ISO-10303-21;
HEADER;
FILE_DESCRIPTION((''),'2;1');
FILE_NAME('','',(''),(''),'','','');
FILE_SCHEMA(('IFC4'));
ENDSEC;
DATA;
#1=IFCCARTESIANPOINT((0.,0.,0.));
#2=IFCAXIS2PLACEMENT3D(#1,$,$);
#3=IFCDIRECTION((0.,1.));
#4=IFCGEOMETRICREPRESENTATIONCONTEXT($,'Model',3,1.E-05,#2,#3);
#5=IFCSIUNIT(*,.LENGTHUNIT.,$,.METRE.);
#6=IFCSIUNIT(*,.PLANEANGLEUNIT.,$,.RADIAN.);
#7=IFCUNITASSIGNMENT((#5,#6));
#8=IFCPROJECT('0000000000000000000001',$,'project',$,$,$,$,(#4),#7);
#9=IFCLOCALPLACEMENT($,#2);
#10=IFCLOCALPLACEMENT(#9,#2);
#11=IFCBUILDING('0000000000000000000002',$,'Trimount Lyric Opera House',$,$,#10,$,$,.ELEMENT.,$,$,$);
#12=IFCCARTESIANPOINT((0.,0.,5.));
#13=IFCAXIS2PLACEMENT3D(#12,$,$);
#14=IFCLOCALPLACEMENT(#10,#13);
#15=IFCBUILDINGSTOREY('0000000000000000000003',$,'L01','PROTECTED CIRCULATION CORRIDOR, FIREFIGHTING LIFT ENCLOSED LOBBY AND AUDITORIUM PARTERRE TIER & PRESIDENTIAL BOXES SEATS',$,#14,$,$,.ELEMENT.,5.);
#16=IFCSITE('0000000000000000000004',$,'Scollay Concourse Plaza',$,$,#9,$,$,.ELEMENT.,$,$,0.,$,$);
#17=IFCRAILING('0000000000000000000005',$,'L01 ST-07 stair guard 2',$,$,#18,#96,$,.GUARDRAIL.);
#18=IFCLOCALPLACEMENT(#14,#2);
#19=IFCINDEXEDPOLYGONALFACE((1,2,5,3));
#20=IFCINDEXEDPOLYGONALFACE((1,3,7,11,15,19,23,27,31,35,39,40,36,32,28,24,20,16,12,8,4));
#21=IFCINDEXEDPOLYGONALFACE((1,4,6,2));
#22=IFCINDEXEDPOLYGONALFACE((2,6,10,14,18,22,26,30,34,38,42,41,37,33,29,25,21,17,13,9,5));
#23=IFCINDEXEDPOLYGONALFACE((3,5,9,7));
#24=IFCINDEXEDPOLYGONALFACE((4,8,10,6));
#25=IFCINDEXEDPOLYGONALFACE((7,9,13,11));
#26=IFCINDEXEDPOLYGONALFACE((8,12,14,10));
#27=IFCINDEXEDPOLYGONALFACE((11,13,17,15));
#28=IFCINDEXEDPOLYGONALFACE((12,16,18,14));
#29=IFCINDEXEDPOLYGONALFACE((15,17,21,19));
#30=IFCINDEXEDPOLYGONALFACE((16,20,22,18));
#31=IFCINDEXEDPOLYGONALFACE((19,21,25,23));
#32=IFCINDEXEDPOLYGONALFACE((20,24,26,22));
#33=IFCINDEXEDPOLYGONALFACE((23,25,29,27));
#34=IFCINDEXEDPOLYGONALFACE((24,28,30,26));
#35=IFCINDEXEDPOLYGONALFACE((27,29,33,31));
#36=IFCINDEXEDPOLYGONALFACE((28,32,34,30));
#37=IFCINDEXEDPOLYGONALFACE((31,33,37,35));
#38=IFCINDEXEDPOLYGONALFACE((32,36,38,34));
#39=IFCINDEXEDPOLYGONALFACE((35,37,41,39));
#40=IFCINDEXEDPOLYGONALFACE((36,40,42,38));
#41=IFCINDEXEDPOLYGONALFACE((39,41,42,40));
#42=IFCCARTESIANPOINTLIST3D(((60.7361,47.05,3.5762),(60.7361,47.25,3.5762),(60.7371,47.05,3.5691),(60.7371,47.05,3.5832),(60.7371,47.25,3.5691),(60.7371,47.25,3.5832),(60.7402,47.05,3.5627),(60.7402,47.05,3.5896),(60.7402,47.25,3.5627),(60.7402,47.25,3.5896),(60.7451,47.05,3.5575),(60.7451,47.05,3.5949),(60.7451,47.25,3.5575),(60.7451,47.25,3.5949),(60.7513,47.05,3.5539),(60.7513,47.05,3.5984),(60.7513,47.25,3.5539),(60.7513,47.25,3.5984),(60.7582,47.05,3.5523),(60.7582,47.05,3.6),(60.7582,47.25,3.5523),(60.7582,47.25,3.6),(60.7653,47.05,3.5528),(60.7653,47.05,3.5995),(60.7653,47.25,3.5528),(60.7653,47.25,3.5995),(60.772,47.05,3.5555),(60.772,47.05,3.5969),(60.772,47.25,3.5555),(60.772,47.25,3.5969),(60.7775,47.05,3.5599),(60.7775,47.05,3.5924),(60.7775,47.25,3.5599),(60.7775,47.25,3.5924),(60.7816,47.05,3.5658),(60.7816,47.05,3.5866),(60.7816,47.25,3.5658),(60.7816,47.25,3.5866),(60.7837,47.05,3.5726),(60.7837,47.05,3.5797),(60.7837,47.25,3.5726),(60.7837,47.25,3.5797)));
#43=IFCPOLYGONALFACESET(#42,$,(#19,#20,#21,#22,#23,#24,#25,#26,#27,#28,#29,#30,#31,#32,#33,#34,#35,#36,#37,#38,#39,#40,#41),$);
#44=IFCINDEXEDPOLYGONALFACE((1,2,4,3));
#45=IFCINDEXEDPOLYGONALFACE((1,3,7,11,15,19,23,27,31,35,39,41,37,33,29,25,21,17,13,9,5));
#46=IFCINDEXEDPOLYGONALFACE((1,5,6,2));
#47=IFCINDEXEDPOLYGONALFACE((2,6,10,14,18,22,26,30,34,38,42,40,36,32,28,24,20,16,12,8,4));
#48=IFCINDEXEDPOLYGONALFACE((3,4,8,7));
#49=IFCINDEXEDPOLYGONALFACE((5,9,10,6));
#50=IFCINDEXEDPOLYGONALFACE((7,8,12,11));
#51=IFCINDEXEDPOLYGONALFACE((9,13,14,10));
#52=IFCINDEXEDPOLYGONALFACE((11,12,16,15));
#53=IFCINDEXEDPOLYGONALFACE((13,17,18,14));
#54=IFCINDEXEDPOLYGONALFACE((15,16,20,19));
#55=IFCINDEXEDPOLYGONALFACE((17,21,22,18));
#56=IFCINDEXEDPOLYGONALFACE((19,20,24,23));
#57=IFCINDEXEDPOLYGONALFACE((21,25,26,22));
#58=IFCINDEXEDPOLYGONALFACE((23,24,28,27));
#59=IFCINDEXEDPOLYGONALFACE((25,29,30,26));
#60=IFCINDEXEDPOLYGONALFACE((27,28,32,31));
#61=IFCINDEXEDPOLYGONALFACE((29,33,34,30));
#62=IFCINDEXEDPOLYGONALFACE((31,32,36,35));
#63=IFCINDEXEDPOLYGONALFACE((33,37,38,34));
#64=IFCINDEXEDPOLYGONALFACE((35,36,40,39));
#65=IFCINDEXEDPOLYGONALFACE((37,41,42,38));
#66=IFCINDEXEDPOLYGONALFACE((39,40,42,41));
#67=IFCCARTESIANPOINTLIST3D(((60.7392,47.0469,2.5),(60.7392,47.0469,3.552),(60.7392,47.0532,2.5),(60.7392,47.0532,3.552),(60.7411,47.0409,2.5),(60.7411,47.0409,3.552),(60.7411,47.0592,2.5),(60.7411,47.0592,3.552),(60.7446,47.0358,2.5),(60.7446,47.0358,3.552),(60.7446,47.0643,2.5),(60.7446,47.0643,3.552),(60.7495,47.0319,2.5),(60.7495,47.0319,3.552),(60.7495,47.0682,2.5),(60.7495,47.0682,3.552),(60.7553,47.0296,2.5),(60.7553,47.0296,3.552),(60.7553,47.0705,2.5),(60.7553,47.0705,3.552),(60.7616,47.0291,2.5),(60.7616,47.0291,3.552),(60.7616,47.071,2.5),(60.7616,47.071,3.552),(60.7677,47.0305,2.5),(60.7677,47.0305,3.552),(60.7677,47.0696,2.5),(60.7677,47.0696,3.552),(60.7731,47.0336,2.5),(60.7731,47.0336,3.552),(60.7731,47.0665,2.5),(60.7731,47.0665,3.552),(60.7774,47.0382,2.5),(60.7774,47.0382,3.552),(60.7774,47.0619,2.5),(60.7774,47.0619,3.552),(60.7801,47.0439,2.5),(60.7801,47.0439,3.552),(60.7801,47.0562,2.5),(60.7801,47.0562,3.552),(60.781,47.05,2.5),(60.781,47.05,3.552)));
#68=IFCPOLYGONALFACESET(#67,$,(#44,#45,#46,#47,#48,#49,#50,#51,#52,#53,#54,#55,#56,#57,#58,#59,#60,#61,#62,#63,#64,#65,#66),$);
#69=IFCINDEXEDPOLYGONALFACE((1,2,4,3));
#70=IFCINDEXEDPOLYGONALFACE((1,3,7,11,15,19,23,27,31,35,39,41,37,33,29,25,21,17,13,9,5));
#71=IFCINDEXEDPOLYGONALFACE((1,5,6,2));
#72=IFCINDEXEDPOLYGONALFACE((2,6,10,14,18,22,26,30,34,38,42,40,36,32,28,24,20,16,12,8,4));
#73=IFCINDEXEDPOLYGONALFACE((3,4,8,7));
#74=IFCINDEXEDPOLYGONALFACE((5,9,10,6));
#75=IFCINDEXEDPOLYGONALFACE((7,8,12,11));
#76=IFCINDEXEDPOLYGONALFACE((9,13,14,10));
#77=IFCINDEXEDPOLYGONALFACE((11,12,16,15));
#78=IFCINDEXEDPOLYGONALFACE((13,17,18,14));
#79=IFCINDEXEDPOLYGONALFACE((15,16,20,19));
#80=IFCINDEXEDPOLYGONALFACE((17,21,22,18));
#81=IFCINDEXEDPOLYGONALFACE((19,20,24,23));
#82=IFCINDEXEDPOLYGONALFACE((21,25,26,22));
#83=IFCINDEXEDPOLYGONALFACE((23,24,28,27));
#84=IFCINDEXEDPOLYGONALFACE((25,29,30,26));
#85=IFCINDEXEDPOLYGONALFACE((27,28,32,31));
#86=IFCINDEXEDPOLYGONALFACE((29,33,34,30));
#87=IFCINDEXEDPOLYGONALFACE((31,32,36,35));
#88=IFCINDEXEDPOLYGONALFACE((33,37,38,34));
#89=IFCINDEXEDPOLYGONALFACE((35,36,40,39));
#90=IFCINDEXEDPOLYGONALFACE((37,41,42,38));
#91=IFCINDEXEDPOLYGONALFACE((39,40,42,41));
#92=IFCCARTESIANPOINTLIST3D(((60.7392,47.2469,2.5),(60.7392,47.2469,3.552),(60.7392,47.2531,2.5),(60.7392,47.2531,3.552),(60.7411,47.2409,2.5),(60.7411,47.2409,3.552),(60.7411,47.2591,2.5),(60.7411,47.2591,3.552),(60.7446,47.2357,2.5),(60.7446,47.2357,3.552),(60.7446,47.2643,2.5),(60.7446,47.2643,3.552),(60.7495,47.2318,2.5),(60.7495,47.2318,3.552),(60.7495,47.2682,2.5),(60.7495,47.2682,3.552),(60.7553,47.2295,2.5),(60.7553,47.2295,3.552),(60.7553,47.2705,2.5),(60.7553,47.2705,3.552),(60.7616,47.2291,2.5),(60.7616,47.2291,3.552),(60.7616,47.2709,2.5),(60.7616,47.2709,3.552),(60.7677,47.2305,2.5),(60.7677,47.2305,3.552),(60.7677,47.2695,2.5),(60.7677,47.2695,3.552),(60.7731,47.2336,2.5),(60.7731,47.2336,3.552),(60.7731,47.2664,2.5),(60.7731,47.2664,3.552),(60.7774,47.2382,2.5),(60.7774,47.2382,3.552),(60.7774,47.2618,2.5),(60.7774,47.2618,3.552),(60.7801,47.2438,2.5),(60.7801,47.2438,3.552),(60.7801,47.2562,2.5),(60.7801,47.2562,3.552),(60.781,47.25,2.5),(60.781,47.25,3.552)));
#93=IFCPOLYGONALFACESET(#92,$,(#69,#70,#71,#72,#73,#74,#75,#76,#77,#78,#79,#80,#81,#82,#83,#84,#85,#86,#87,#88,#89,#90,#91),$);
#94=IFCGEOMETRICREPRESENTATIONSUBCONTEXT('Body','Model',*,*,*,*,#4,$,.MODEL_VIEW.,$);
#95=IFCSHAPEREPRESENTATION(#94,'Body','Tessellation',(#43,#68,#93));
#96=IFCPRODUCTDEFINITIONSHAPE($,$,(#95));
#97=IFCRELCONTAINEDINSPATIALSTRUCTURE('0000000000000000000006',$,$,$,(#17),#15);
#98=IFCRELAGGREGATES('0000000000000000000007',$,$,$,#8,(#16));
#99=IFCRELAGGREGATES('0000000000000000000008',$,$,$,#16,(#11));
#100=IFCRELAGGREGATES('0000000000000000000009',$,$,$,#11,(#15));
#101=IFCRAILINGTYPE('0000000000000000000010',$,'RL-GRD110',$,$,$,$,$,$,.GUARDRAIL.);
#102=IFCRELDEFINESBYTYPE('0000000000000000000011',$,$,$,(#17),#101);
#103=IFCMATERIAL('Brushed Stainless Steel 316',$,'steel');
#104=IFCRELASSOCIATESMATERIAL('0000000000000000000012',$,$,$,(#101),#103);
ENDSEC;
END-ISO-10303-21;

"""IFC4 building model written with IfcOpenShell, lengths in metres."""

from ifc_helpers import new_model, si_unit, direction, frame, origin, origin_2d, place, context, subcontext, project, spatial, circle, extrude, material, type_object, element, save


model = new_model("IFC4")

# Units and contexts
model_context = context("Model", 3, precision=1e-05, world=origin(), true_north=direction((0.0, 1.0)))
body_context = subcontext(model_context, "Body", "Model", "MODEL_VIEW")
ifc_project = project(units=[si_unit("LENGTHUNIT", "METRE"), si_unit("PLANEANGLEUNIT", "RADIAN")], contexts=[model_context])

# Site, building, storey
site_placement = place(None, origin())
site = spatial("IfcSite", under=ifc_project, at=site_placement, Name="Scollay Concourse Plaza", CompositionType="ELEMENT", RefElevation=0.0)
building_placement = place(site_placement, origin())
building = spatial("IfcBuilding", under=site, at=building_placement, Name="Trimount Lyric Opera House", CompositionType="ELEMENT")
storey_placement = place(building_placement, frame((0.0, 0.0, 5.0)))
storey = spatial("IfcBuildingStorey", under=building, at=storey_placement, Name="L01", Description="PROTECTED CIRCULATION CORRIDOR, FIREFIGHTING LIFT ENCLOSED LOBBY AND AUDITORIUM PARTERRE TIER & PRESIDENTIAL BOXES SEATS", CompositionType="ELEMENT", Elevation=5.0)

# Railing
ifc_material_1 = material(Name="Brushed Stainless Steel 316", Category="steel")
railing_type_1 = type_object("IfcRailingType", Name="RL-GRD110", PredefinedType="GUARDRAIL", material=ifc_material_1)
railing_1_placement = place(storey_placement, frame((60.76, 47.05, 2.5)))
element("IfcRailing", 1, at=railing_1_placement, inside=storey, type_object=railing_type_1, Name="L01 ST-07 stair guard 2", PredefinedType="GUARDRAIL", context=body_context, shape_type="SweptSolid", body=[
    extrude(circle(Radius=0.0239, at=origin_2d()), frame((0.0, 0.0, 1.0762), z_axis=(0.0, 1.0, 0.0), x_axis=(-1.0, 0.0, 0.0)), (0.0, 0.0, 1.0), 0.2),
    extrude(circle(Radius=0.021, at=origin_2d()), origin(), (0.0, 0.0, 1.0), 1.052),
    extrude(circle(Radius=0.021, at=origin_2d()), frame((0.0, 0.2, 0.0)), (0.0, 0.0, 1.0), 1.052),
])

save(model, "model.ifc")
